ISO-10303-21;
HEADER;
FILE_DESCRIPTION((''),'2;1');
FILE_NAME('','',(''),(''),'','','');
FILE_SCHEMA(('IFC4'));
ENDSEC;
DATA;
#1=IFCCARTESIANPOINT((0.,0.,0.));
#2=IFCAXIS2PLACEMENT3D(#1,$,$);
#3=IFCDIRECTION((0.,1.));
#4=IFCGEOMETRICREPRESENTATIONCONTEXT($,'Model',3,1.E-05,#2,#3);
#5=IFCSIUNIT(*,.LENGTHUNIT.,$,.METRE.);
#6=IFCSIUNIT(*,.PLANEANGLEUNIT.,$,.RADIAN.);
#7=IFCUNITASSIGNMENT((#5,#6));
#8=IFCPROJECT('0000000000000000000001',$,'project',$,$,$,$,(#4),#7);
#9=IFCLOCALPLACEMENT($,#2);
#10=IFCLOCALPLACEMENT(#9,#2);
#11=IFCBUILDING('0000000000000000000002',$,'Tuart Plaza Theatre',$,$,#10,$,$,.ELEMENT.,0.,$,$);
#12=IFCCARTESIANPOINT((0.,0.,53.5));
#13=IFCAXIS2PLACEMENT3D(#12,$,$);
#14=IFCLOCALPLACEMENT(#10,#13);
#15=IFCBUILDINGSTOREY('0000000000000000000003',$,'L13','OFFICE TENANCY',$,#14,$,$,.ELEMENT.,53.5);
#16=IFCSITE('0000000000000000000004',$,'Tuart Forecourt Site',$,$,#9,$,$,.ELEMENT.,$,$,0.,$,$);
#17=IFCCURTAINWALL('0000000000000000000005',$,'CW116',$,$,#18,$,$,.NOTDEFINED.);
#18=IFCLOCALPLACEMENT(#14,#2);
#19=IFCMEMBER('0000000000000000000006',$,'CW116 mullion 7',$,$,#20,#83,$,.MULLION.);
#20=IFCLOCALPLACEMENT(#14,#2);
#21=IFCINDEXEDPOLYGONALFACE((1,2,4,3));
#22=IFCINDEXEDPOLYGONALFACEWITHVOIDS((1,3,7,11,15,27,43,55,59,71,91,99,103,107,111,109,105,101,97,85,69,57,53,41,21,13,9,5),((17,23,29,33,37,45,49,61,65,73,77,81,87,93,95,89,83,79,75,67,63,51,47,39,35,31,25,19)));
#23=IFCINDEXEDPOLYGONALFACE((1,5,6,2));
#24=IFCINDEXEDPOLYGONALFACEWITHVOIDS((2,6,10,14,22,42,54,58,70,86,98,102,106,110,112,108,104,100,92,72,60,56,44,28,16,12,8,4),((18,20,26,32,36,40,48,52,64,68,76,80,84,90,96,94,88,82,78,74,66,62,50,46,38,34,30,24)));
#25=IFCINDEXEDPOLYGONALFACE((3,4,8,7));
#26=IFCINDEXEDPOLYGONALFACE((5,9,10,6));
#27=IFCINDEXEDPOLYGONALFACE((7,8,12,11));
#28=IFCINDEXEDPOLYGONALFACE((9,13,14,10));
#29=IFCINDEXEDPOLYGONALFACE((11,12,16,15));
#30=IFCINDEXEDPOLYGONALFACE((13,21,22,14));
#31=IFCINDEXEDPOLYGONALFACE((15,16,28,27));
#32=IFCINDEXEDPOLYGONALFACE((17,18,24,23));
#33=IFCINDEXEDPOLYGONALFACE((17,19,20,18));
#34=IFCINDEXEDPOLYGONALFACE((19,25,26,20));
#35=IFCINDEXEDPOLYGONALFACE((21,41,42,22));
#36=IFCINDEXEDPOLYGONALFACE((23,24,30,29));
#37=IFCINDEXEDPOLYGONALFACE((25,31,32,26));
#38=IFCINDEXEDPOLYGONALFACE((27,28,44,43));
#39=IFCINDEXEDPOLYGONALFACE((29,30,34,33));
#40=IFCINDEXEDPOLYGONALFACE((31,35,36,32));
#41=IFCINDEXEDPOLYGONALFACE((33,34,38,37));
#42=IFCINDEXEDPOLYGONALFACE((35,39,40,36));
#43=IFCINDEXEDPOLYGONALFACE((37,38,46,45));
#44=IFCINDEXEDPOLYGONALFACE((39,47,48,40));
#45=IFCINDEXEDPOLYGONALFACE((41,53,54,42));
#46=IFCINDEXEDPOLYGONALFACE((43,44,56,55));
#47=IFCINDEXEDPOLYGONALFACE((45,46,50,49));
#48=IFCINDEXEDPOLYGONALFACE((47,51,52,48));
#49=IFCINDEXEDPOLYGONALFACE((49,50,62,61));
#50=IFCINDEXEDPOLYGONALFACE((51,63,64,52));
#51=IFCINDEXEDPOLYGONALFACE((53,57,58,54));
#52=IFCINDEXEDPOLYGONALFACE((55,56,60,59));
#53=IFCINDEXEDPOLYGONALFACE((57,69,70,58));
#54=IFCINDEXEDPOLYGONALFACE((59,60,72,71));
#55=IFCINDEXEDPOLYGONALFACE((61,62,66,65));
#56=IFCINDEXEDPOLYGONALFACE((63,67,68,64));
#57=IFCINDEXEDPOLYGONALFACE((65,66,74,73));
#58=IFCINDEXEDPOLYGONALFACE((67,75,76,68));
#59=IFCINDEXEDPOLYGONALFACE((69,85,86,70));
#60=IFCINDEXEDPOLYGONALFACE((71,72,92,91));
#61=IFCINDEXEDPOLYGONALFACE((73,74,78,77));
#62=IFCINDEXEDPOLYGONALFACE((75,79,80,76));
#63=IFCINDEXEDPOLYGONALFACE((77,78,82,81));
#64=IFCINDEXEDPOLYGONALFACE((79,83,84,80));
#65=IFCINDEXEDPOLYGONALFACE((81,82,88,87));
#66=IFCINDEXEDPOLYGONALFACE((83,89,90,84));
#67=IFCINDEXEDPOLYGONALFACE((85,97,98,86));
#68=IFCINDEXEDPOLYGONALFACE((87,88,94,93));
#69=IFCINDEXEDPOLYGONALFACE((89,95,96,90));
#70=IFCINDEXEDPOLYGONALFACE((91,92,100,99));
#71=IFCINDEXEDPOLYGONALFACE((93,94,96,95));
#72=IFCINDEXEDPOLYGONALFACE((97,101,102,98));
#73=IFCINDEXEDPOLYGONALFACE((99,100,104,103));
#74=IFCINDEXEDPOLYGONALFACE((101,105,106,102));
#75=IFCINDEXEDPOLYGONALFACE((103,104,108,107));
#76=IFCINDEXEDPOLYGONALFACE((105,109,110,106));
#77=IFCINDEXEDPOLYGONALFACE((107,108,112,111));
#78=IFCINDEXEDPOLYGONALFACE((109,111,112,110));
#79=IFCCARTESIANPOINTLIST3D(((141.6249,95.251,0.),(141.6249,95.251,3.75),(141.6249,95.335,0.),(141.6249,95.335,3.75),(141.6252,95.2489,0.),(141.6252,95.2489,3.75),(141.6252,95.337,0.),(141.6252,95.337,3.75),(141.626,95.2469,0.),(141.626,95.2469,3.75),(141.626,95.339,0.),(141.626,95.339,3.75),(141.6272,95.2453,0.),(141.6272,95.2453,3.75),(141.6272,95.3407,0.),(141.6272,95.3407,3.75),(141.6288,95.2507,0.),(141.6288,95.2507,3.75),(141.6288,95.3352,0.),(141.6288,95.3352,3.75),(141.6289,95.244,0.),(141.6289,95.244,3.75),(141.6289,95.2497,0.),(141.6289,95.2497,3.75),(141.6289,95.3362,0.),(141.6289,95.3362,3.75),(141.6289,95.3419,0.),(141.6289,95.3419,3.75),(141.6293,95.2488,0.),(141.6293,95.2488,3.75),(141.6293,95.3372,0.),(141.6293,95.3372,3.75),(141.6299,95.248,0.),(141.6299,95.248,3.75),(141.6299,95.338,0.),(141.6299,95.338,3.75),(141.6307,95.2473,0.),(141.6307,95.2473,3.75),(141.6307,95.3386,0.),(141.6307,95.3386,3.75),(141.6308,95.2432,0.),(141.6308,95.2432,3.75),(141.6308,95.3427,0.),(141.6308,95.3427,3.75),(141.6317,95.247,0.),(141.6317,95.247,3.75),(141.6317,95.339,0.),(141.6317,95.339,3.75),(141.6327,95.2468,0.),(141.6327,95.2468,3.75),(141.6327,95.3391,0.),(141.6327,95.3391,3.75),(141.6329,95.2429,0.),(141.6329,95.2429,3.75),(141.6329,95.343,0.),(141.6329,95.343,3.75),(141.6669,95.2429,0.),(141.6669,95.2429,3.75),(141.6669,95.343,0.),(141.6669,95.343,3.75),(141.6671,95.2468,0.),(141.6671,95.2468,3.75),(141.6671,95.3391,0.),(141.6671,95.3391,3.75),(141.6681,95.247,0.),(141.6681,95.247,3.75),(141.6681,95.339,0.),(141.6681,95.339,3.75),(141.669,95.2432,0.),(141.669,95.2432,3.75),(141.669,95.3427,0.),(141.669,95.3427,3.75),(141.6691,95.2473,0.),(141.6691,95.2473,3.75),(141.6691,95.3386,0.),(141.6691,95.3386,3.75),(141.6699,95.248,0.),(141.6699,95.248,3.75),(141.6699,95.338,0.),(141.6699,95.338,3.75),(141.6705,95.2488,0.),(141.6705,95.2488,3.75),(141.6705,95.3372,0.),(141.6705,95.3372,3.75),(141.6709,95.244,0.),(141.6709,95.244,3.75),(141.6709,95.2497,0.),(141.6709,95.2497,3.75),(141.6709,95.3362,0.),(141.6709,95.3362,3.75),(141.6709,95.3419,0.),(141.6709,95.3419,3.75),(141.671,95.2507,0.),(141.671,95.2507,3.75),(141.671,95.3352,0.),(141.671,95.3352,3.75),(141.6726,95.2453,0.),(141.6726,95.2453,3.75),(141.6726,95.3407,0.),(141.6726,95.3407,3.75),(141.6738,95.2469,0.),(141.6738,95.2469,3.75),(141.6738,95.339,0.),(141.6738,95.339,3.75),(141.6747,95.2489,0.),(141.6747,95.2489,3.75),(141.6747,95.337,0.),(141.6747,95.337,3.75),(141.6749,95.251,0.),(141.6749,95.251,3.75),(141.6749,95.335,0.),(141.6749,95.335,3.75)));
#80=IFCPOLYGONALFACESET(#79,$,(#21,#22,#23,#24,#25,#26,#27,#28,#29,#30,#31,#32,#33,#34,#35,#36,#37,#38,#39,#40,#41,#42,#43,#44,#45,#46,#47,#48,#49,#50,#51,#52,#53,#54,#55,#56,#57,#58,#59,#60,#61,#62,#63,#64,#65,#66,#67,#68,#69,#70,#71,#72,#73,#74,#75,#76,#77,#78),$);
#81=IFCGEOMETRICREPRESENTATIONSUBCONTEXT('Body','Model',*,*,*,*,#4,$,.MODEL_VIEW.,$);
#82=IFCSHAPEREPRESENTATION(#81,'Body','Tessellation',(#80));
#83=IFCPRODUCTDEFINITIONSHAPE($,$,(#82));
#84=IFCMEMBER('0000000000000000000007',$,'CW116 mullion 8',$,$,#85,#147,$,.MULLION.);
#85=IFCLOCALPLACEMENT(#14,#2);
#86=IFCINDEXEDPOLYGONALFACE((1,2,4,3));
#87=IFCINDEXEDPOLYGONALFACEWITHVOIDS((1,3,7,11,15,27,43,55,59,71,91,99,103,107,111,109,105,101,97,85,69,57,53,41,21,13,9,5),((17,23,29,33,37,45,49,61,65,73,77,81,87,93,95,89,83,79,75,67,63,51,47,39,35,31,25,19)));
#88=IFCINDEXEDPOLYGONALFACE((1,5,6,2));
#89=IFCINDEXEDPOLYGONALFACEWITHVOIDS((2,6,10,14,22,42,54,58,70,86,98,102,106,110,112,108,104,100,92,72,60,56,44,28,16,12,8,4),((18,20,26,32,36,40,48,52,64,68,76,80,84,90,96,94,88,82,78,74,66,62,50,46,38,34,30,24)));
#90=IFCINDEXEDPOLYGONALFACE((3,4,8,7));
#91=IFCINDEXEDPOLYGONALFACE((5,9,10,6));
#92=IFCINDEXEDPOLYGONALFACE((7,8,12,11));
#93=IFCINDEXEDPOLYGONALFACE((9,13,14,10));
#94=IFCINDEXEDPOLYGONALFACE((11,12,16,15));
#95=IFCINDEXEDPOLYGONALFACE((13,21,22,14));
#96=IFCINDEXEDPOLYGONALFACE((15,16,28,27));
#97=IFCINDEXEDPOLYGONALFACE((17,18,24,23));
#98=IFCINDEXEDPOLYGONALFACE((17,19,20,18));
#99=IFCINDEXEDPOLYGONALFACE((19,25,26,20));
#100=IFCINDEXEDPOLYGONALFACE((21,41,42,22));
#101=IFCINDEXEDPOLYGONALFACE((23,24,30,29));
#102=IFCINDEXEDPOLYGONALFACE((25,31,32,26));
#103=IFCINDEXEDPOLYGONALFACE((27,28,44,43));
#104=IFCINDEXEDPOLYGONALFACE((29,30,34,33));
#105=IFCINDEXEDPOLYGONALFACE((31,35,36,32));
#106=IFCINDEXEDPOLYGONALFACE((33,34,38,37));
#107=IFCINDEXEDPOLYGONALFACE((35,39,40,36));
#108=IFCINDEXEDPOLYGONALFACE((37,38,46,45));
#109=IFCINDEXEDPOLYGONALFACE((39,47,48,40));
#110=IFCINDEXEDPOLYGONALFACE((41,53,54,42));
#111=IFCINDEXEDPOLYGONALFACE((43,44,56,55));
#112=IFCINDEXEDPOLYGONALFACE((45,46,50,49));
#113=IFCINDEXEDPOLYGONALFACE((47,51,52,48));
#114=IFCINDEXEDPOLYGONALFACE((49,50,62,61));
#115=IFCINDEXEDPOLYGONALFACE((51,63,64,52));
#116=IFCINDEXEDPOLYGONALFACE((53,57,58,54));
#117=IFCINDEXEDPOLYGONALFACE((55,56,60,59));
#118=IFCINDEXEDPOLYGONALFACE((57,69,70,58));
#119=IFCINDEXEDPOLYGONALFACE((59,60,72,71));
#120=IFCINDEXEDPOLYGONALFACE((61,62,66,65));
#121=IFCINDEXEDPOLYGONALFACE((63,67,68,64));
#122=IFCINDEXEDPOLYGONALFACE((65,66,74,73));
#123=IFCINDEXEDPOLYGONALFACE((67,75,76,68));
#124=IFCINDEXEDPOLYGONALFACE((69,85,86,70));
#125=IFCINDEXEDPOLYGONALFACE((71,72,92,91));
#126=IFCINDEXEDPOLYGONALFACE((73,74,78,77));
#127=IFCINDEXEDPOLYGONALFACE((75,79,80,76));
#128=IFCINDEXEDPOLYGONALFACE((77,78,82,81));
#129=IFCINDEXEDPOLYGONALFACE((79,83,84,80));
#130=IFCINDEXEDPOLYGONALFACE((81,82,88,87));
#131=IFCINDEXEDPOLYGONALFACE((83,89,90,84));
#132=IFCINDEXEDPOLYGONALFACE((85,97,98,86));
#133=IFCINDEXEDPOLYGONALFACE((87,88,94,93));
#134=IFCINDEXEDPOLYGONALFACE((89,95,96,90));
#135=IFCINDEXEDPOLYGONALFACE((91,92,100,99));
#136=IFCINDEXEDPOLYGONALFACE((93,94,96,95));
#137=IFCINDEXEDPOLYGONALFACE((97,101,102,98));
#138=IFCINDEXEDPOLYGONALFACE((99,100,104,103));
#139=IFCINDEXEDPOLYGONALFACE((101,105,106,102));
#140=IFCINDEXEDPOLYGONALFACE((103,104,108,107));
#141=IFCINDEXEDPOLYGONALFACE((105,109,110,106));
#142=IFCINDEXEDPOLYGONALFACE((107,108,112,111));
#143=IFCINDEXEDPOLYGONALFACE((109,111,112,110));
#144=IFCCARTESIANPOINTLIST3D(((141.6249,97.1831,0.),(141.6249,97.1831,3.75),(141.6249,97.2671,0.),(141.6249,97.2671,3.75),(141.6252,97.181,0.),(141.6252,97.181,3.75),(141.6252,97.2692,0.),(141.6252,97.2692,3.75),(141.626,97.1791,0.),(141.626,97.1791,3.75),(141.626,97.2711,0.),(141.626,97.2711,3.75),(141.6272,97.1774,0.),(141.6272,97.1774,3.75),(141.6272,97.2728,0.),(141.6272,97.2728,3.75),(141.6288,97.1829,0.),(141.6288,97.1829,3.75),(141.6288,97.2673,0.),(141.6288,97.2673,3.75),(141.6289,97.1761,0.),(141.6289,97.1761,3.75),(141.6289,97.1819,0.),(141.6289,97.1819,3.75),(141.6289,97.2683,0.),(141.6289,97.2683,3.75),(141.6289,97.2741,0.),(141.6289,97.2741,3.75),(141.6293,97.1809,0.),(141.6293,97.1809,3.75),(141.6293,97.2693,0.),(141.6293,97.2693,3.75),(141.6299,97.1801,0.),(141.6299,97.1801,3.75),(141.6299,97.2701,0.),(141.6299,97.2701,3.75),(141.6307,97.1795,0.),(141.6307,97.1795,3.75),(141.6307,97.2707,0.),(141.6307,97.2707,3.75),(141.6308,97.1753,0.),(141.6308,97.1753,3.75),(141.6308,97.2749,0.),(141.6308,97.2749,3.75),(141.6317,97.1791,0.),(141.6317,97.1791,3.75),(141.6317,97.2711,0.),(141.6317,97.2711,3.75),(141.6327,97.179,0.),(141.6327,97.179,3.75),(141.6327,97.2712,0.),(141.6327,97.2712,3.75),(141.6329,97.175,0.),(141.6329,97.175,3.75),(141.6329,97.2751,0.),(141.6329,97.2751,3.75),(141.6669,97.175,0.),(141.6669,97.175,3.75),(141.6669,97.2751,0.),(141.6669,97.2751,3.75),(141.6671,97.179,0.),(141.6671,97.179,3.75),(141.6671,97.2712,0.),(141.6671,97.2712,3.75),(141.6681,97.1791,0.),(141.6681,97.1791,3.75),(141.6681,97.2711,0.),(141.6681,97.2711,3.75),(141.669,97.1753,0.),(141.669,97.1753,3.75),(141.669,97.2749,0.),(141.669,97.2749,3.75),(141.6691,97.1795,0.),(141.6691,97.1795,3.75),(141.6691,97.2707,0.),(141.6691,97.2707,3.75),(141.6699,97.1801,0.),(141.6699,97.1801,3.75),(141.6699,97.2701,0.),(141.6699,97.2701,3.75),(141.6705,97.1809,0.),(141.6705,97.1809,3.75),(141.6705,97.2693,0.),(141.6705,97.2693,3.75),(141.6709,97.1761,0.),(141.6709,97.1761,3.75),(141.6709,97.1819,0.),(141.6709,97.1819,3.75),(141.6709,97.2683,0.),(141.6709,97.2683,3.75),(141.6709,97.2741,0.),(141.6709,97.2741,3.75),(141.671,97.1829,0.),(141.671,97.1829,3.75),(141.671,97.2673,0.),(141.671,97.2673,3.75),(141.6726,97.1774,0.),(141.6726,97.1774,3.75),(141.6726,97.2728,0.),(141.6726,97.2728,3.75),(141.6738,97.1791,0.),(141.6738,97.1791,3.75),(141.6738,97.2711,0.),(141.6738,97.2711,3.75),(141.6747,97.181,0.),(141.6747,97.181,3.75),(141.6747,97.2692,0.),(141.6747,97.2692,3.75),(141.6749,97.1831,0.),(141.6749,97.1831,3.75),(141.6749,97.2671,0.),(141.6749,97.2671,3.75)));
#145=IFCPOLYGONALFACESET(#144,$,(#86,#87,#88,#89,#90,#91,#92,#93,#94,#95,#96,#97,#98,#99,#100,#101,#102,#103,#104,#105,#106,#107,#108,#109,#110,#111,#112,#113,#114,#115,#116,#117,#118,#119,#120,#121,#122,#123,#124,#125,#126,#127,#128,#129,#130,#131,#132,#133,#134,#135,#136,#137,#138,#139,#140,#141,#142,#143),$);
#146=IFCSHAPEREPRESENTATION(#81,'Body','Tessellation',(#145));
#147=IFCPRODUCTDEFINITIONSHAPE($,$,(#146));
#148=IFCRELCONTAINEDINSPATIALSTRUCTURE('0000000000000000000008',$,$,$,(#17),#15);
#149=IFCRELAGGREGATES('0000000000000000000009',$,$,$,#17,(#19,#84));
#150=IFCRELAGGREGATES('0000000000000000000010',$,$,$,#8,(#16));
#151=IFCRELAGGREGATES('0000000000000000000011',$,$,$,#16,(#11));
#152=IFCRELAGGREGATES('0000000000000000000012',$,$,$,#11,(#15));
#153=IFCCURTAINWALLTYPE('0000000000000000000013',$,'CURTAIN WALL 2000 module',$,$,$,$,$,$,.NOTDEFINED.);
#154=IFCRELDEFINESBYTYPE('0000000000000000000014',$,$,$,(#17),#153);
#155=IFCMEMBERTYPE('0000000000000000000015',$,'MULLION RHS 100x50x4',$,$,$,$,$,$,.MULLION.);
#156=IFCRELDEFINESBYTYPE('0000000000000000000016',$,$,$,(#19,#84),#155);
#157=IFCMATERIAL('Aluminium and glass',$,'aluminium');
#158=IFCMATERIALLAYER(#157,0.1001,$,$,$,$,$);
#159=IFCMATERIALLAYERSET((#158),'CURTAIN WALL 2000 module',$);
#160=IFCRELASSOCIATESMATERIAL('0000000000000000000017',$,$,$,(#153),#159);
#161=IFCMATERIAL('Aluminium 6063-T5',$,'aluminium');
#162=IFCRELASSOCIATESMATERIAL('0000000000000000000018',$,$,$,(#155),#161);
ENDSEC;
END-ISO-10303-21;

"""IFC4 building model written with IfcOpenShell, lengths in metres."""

from ifc_helpers import new_model, si_unit, direction, frame, origin, origin_2d, place, context, subcontext, project, spatial, hollow_rectangle, extrude, material, layer, layer_set, material_profile, profile_set, type_object, element, aggregate, save


model = new_model("IFC4")

# Units and contexts
model_context = context("Model", 3, precision=1e-05, world=origin(), true_north=direction((0.0, 1.0)))
body_context = subcontext(model_context, "Body", "Model", "MODEL_VIEW")
ifc_project = project(units=[si_unit("LENGTHUNIT", "METRE"), si_unit("PLANEANGLEUNIT", "RADIAN")], contexts=[model_context])

# Site, building, storey
site_placement = place(None, origin())
site = spatial("IfcSite", under=ifc_project, at=site_placement, Name="Tuart Forecourt Site", CompositionType="ELEMENT", RefElevation=0.0)
building_placement = place(site_placement, origin())
building = spatial("IfcBuilding", under=site, at=building_placement, Name="Tuart Plaza Theatre", CompositionType="ELEMENT", ElevationOfRefHeight=0.0)
storey_placement = place(building_placement, frame((0.0, 0.0, 53.5)))
storey = spatial("IfcBuildingStorey", under=building, at=storey_placement, Name="L13", Description="OFFICE TENANCY", CompositionType="ELEMENT", Elevation=53.5)

# Curtain wall, members
ifc_material_1 = material(Name="Aluminium and glass", Category="aluminium")
ifc_layer_1 = layer(ifc_material_1, 0.1001)
ifc_layer_set_1 = layer_set([ifc_layer_1], Name="CURTAIN WALL 2000 module")
curtain_wall_type = type_object("IfcCurtainWallType", Name="CURTAIN WALL 2000 module", PredefinedType="NOTDEFINED", material=ifc_layer_set_1)
curtain_wall_1_placement = place(storey_placement, origin())
curtain_wall_1 = element("IfcCurtainWall", 1, at=curtain_wall_1_placement, inside=storey, type_object=curtain_wall_type, Name="CW116", PredefinedType="NOTDEFINED")
ifc_material_2 = material(Name="Aluminium 6063-T5", Category="aluminium")
ifc_material_profile_1 = material_profile(ifc_material_2, hollow_rectangle(XDim=0.05, YDim=0.1001, WallThickness=0.0039, InnerFilletRadius=0.0039, OuterFilletRadius=0.0081, at=origin_2d()), Name="RHS 100x50x4")
ifc_profile_set_1 = profile_set([ifc_material_profile_1], Name="Aluminium 6063-T5")
member_type_1 = type_object("IfcMemberType", Name="MULLION RHS 100x50x4", PredefinedType="MULLION", material=ifc_profile_set_1)
member_1_placement = place(storey_placement, frame((141.6499, 95.293, 0.0), z_axis=(0.0, 0.0, 1.0), x_axis=(-1.0, 0.0, 0.0)))
member_1 = element("IfcMember", 2, at=member_1_placement, type_object=member_type_1, Name="CW116 mullion 7", PredefinedType="MULLION", context=body_context, shape_type="SweptSolid", body=[
    extrude(hollow_rectangle(XDim=0.05, YDim=0.1001, WallThickness=0.0039, InnerFilletRadius=0.0039, OuterFilletRadius=0.0081, at=origin_2d()), origin(), (0.0, 0.0, 1.0), 3.75),
])
member_2_placement = place(storey_placement, frame((141.6499, 97.2251, 0.0), z_axis=(0.0, 0.0, 1.0), x_axis=(-1.0, 0.0, 0.0)))
member_2 = element("IfcMember", 3, at=member_2_placement, type_object=member_type_1, Name="CW116 mullion 8", PredefinedType="MULLION", context=body_context, shape_type="SweptSolid", body=[
    extrude(hollow_rectangle(XDim=0.05, YDim=0.1001, WallThickness=0.0039, InnerFilletRadius=0.0039, OuterFilletRadius=0.0081, at=origin_2d()), origin(), (0.0, 0.0, 1.0), 3.75),
])

aggregate(curtain_wall_1, [member_1, member_2])

save(model, "model.ifc")
